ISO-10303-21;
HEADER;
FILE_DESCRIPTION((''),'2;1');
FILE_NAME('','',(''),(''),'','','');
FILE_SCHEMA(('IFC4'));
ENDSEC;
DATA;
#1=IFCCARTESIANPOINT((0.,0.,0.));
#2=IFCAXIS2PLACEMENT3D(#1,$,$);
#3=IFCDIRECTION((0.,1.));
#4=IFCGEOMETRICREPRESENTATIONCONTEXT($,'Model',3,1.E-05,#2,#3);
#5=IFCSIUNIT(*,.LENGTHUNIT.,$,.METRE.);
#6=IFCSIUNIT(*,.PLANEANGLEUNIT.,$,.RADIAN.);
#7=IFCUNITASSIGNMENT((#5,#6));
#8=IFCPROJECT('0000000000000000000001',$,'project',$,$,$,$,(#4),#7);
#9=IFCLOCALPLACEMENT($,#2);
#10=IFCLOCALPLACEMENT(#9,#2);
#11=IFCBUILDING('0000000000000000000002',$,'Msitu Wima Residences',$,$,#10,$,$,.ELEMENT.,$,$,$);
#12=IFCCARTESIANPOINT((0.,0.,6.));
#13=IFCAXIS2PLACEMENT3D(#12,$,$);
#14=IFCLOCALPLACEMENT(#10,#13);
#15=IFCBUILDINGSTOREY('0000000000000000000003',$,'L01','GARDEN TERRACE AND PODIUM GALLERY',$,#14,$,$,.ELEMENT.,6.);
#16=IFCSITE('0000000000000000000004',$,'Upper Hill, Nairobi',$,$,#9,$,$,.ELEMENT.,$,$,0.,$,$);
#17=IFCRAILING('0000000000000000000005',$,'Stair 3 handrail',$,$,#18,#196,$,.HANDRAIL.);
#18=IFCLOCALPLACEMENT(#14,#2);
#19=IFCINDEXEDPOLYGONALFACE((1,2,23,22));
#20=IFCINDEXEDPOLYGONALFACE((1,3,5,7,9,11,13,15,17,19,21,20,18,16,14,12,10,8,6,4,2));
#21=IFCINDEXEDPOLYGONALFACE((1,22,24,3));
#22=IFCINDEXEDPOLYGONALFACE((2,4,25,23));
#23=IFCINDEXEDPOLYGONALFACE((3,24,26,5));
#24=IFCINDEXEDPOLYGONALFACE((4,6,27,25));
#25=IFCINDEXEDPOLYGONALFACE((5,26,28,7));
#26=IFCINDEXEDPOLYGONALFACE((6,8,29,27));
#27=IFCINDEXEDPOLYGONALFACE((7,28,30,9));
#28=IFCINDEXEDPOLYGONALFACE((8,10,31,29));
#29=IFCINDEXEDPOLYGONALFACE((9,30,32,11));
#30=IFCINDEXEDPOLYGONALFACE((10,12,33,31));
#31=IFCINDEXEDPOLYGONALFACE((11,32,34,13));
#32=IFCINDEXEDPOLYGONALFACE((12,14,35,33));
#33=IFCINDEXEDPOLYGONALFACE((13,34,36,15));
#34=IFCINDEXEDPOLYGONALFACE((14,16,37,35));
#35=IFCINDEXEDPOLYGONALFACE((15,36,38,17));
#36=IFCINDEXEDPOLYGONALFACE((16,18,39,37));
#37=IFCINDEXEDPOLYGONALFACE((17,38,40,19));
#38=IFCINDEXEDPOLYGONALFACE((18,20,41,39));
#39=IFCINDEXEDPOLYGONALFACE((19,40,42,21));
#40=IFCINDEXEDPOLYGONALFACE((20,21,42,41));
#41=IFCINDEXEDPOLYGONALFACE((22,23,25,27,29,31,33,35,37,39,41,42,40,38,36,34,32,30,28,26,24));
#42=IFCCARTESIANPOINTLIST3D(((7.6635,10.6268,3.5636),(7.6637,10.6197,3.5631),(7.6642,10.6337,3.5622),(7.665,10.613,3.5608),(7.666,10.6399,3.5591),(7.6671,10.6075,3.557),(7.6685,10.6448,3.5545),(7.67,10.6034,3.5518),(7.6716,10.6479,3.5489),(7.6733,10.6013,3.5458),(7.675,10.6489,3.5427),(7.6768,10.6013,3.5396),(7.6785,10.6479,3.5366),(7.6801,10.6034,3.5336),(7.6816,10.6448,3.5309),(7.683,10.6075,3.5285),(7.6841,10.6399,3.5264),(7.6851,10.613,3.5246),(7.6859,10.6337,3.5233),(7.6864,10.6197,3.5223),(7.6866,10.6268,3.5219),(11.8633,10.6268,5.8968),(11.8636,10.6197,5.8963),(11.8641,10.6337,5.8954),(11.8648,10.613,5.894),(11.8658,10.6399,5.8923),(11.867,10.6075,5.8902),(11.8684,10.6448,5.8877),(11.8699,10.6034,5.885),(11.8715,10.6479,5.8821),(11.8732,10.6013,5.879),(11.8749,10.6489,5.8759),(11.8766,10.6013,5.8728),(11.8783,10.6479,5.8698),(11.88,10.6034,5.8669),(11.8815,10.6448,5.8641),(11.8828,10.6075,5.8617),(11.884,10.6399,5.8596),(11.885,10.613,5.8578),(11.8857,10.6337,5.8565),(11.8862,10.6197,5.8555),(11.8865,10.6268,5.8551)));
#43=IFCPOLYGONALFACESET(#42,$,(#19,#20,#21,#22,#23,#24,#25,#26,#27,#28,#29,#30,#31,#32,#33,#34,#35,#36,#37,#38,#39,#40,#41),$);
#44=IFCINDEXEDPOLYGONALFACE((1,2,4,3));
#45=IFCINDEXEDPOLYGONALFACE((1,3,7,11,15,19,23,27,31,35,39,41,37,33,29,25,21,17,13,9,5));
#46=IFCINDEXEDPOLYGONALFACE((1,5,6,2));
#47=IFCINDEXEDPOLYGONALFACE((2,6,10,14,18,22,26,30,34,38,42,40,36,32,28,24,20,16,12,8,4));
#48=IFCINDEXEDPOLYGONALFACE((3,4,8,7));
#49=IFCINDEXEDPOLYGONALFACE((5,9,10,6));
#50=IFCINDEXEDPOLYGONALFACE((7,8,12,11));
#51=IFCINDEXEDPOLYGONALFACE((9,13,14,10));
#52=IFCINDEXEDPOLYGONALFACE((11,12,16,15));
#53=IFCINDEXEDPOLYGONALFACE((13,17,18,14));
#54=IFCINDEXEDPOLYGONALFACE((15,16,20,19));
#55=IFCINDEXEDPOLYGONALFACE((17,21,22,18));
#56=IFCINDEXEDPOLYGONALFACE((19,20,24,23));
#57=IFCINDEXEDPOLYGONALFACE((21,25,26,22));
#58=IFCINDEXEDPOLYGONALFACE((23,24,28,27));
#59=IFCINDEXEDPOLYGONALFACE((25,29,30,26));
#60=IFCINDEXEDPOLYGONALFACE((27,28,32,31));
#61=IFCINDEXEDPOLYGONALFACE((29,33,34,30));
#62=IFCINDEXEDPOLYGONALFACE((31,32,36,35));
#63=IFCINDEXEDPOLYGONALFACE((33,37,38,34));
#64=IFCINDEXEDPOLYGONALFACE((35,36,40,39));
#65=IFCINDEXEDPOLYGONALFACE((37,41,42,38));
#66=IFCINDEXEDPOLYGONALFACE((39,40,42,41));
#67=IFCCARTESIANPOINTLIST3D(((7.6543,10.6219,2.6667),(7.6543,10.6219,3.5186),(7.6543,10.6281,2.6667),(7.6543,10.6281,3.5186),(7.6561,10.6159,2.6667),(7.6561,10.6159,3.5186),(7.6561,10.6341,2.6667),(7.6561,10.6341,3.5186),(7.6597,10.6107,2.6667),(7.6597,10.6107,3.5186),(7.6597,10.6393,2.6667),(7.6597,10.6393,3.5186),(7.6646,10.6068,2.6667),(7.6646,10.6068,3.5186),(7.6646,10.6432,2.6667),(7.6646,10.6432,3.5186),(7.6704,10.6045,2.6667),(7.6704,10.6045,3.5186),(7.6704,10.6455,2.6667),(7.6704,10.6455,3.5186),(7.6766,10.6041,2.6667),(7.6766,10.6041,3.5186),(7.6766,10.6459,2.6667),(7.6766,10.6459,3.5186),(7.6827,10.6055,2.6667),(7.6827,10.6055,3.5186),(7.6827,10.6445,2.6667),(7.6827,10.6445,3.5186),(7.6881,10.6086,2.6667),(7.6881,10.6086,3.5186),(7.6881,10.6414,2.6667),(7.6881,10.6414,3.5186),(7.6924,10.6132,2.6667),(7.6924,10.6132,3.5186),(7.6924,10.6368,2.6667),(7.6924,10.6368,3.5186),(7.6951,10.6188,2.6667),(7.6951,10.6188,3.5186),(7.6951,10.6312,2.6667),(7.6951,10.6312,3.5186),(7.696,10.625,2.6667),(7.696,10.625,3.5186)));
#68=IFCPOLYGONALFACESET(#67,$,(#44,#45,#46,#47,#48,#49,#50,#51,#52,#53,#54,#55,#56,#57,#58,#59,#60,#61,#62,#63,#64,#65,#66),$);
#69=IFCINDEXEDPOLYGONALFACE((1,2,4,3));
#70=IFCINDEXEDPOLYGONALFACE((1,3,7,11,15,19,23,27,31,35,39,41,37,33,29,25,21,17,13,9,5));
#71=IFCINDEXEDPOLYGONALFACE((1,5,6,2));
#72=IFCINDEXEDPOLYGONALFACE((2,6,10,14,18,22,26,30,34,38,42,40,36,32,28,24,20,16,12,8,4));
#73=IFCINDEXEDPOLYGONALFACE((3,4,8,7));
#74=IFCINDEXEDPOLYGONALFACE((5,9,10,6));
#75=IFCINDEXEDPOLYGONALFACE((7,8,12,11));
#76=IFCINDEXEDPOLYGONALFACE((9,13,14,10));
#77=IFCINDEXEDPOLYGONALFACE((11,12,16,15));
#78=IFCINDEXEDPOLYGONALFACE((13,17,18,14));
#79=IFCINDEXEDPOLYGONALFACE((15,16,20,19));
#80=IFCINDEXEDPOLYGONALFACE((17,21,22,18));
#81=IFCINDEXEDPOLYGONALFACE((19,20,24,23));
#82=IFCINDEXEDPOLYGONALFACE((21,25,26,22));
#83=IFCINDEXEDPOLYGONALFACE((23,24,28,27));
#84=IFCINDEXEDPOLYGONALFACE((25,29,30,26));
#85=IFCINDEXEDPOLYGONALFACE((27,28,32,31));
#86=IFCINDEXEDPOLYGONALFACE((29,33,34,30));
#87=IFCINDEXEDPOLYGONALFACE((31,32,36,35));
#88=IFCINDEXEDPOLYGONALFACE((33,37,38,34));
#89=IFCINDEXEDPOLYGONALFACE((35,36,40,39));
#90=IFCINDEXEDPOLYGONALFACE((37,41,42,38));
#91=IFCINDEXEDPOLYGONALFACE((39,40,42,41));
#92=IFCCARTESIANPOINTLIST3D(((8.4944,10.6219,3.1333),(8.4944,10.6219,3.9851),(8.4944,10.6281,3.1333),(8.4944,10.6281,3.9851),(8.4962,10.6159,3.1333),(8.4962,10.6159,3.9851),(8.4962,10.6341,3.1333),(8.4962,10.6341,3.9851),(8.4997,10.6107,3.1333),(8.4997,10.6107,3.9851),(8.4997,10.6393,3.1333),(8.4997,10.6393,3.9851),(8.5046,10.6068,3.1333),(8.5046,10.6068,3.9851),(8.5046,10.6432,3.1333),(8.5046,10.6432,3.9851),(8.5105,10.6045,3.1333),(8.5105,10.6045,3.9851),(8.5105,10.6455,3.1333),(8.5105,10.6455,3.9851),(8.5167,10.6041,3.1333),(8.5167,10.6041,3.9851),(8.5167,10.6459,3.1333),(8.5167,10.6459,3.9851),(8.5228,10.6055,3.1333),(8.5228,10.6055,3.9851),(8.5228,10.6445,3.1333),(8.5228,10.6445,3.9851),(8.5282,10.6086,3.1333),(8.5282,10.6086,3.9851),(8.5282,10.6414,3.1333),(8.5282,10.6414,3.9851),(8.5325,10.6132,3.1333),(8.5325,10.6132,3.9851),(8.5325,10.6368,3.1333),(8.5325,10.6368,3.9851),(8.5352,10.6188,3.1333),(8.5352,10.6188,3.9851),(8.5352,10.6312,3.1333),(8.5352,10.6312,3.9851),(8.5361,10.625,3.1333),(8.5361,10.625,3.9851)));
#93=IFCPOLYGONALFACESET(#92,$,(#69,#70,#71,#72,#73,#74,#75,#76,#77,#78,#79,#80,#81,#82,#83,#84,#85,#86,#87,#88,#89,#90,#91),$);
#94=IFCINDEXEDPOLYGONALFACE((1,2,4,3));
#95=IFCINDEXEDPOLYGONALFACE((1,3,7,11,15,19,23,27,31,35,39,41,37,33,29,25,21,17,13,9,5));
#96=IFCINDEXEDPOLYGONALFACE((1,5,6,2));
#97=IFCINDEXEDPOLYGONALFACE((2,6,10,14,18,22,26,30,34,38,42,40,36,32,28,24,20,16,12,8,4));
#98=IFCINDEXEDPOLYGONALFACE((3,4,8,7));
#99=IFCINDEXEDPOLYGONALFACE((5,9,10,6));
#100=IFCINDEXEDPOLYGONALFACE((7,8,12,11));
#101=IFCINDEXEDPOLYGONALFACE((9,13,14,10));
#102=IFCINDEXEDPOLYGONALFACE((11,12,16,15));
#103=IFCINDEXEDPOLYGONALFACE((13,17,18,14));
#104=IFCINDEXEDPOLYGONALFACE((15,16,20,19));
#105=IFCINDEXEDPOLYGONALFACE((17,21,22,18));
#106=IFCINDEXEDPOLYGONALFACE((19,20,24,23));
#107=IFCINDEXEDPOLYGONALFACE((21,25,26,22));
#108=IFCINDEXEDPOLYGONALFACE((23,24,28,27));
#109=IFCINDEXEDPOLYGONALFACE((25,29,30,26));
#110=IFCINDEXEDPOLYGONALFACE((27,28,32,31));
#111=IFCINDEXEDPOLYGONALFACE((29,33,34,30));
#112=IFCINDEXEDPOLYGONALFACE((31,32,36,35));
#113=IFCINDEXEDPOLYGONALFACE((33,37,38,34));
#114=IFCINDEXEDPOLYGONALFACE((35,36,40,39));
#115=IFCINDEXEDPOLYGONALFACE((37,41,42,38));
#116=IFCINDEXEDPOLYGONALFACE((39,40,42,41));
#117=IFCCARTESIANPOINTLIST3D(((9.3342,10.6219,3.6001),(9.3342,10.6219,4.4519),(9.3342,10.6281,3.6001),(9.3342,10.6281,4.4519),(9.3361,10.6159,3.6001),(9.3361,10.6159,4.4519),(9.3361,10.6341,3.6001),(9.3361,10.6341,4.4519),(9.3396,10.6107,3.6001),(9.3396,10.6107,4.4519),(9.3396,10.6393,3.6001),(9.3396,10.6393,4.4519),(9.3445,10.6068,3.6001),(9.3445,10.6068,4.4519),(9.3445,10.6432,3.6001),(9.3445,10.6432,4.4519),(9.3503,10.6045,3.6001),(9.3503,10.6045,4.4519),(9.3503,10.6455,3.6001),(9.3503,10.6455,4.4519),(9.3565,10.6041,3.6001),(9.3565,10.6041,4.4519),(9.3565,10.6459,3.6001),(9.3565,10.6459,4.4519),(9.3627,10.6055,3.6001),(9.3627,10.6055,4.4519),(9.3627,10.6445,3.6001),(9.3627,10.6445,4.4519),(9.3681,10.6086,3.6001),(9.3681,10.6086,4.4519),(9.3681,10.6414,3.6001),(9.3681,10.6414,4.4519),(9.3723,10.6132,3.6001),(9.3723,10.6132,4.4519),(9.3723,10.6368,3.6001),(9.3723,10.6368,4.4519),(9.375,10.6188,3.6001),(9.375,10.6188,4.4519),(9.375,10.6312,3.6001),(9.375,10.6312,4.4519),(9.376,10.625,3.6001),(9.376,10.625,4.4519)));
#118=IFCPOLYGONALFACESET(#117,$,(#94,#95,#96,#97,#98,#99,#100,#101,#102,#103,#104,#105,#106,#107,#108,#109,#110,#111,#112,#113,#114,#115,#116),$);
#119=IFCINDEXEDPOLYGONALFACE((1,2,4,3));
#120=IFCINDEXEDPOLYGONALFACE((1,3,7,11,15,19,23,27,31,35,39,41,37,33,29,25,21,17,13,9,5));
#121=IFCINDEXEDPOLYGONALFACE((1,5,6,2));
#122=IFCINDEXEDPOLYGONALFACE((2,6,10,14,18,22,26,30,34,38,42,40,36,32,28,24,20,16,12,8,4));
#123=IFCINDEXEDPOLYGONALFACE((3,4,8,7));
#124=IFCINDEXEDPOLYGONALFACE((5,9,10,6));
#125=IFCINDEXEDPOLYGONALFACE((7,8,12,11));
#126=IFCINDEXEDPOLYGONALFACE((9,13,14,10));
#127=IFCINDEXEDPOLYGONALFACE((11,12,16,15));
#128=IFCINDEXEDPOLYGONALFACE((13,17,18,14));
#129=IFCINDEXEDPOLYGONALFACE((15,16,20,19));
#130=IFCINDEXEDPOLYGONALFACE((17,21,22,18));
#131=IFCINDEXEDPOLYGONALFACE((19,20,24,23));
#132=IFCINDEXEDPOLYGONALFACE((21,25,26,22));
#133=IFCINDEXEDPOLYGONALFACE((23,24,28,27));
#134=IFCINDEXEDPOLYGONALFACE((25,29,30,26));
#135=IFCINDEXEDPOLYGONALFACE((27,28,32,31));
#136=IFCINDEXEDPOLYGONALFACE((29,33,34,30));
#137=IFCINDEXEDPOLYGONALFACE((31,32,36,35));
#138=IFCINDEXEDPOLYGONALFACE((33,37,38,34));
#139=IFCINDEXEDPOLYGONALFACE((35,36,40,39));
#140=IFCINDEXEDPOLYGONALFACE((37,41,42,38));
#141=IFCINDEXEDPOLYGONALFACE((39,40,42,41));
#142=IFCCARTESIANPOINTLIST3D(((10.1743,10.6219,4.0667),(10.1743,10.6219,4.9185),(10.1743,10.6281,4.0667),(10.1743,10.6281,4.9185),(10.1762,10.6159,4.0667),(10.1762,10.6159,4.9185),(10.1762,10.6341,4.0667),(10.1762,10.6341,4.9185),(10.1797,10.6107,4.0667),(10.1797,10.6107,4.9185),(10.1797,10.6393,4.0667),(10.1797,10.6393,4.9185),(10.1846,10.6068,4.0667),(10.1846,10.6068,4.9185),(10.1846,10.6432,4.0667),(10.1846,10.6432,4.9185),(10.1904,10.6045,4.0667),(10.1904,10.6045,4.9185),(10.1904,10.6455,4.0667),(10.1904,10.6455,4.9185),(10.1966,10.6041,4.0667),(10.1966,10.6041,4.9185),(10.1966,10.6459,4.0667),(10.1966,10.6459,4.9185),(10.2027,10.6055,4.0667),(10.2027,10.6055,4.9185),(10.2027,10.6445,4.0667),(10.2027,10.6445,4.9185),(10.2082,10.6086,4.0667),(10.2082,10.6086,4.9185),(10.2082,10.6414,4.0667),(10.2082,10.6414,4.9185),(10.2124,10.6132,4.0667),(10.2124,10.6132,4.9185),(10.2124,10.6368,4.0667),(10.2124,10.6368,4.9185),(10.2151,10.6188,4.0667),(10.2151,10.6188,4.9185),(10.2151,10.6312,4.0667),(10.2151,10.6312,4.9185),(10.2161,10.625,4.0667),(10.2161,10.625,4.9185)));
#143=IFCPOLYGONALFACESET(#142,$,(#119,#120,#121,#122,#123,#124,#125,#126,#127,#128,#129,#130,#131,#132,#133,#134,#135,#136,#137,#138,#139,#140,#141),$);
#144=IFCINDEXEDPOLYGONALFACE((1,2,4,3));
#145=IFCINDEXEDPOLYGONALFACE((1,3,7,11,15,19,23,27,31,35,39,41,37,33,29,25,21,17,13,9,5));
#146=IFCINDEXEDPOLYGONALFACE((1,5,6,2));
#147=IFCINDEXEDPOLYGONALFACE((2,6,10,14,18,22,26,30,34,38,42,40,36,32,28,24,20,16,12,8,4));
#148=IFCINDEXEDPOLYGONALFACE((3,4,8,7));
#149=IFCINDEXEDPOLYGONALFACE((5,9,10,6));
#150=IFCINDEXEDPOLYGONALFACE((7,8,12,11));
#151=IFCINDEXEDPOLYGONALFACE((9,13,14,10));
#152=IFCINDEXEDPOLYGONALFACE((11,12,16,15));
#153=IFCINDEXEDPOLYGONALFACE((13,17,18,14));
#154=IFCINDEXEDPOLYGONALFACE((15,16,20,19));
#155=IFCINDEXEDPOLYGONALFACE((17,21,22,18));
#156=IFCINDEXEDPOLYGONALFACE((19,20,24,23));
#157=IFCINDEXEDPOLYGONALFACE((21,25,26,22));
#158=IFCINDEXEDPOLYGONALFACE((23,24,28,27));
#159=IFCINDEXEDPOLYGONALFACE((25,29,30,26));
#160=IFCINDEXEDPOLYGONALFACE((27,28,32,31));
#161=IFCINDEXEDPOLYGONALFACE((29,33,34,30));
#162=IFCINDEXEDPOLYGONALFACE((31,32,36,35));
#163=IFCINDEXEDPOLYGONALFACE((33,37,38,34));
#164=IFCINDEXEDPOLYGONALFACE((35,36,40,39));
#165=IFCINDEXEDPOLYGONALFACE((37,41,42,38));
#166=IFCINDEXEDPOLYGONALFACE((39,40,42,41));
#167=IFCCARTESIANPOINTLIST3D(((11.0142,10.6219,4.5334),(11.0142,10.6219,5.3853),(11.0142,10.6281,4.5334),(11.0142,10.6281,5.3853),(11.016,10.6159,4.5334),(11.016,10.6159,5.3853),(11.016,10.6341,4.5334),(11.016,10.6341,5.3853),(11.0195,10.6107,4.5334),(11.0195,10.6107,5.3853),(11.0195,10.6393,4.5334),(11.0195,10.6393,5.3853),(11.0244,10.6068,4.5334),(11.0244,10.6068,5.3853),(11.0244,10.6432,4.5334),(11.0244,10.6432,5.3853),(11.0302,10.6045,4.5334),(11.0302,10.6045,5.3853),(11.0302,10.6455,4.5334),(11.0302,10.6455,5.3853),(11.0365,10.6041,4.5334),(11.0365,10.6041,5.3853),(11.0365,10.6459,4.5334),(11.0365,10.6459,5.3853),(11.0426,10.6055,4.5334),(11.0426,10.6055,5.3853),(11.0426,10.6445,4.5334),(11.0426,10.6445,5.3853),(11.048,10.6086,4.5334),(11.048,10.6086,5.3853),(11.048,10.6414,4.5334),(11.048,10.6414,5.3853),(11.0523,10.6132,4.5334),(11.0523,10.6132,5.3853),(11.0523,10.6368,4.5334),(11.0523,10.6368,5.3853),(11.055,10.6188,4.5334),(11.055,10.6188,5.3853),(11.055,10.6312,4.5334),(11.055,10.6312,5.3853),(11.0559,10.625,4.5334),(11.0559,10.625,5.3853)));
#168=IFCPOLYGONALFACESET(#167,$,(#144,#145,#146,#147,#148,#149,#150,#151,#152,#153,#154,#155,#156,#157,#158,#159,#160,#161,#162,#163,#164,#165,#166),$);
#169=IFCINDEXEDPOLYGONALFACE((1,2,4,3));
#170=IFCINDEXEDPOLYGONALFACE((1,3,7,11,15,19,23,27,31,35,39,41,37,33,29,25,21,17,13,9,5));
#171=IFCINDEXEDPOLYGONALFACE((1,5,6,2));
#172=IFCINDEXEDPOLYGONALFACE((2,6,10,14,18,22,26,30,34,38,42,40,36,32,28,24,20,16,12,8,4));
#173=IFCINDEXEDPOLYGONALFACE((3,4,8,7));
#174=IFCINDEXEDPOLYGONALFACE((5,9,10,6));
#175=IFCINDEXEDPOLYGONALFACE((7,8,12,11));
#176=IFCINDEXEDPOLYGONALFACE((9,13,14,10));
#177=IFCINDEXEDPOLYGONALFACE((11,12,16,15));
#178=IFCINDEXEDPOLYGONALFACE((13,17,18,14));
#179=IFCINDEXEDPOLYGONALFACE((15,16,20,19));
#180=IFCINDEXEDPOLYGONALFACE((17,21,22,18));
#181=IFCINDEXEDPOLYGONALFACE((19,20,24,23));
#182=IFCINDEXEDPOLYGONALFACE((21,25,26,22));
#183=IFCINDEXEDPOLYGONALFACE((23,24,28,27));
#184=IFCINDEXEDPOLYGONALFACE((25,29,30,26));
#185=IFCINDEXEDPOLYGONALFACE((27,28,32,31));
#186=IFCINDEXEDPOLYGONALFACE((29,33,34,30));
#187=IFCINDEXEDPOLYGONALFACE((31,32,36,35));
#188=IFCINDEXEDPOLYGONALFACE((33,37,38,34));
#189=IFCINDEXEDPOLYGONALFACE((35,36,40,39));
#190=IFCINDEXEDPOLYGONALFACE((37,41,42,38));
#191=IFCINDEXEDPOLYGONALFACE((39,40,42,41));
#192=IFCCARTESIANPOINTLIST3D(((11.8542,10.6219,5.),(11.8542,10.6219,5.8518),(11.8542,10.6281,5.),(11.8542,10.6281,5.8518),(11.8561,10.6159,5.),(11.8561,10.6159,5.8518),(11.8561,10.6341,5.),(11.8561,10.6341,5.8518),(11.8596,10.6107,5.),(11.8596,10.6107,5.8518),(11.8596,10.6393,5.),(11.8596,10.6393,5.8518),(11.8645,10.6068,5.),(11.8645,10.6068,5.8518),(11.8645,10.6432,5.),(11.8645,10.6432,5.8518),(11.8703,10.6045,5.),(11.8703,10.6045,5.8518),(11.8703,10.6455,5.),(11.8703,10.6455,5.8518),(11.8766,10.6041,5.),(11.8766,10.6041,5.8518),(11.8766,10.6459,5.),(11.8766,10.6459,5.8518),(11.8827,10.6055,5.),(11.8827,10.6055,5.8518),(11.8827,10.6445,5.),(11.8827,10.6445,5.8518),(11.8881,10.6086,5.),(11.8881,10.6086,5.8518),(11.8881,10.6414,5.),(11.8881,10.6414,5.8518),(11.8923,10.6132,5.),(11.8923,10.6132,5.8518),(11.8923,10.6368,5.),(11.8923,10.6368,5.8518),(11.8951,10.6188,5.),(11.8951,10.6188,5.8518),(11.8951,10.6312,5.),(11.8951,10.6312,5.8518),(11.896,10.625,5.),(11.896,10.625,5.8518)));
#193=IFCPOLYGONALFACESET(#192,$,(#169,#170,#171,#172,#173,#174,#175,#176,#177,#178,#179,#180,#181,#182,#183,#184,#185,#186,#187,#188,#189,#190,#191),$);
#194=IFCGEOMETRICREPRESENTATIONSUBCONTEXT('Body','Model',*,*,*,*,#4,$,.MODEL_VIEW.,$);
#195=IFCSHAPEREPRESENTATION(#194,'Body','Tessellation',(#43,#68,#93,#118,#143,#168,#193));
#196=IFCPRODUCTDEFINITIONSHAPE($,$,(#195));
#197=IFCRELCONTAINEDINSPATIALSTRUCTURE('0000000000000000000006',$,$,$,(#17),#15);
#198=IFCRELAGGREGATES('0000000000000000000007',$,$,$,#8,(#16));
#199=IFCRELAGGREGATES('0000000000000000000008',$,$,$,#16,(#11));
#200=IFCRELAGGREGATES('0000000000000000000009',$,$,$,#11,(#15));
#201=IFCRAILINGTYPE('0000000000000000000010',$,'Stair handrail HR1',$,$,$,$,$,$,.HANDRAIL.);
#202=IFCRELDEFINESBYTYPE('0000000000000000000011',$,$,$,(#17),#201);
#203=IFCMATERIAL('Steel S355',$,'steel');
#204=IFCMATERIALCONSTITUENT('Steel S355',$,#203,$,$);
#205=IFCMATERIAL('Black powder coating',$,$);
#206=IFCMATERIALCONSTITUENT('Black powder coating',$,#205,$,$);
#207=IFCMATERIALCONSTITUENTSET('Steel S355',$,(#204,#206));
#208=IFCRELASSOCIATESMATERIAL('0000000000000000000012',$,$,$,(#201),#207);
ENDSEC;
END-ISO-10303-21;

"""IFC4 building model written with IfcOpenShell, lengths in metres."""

from ifc_helpers import new_model, si_unit, direction, frame, origin, origin_2d, place, context, subcontext, project, spatial, circle, extrude, material, constituent, constituent_set, type_object, element, save


model = new_model("IFC4")

# Units and contexts
model_context = context("Model", 3, precision=1e-05, world=origin(), true_north=direction((0.0, 1.0)))
body_context = subcontext(model_context, "Body", "Model", "MODEL_VIEW")
ifc_project = project(units=[si_unit("LENGTHUNIT", "METRE"), si_unit("PLANEANGLEUNIT", "RADIAN")], contexts=[model_context])

# Site, building, storey
site_placement = place(None, origin())
site = spatial("IfcSite", under=ifc_project, at=site_placement, Name="Upper Hill, Nairobi", CompositionType="ELEMENT", RefElevation=0.0)
building_placement = place(site_placement, origin())
building = spatial("IfcBuilding", under=site, at=building_placement, Name="Msitu Wima Residences", CompositionType="ELEMENT")
storey_placement = place(building_placement, frame((0.0, 0.0, 6.0)))
storey = spatial("IfcBuildingStorey", under=building, at=storey_placement, Name="L01", Description="GARDEN TERRACE AND PODIUM GALLERY", CompositionType="ELEMENT", Elevation=6.0)

# Railing
ifc_material_1 = material(Name="Steel S355", Category="steel")
ifc_constituent_1 = constituent(ifc_material_1, Name="Steel S355")
ifc_material_2 = material(Name="Black powder coating")
ifc_constituent_2 = constituent(ifc_material_2, Name="Black powder coating")
ifc_constituent_set = constituent_set(constituents=[ifc_constituent_1, ifc_constituent_2], Name="Steel S355")
railing_type = type_object("IfcRailingType", Name="Stair handrail HR1", PredefinedType="HANDRAIL", material=ifc_constituent_set)
for number, where, name in (
    (1, (7.675, 10.625, 2.6667), "Stair 3 handrail"),
):
    element("IfcRailing", number, at=place(storey_placement, frame(where)), inside=storey, type_object=railing_type, Name=name, PredefinedType="HANDRAIL", context=body_context, shape_type="SweptSolid", body=[
        extrude(circle(Radius=0.0239, at=origin_2d()), frame((0.0, 0.0, 0.876), z_axis=(0.874162, 0.0, 0.485634), x_axis=(0.0, 1.0, 0.0)), (0.0, 0.0, 1.0), 4.8044),
        extrude(circle(Radius=0.021, at=origin_2d()), origin(), (0.0, 0.0, 1.0), 0.8518),
        extrude(circle(Radius=0.021, at=origin_2d()), frame((0.8401, 0.0, 0.4666)), (0.0, 0.0, 1.0), 0.8518),
        extrude(circle(Radius=0.021, at=origin_2d()), frame((1.6799, 0.0, 0.9333)), (0.0, 0.0, 1.0), 0.8518),
        extrude(circle(Radius=0.021, at=origin_2d()), frame((2.52, 0.0, 1.3999)), (0.0, 0.0, 1.0), 0.8518),
        extrude(circle(Radius=0.021, at=origin_2d()), frame((3.3599, 0.0, 1.8667)), (0.0, 0.0, 1.0), 0.8518),
        extrude(circle(Radius=0.021, at=origin_2d()), frame((4.2, 0.0, 2.3333)), (0.0, 0.0, 1.0), 0.8518),
    ])

save(model, "model.ifc")
